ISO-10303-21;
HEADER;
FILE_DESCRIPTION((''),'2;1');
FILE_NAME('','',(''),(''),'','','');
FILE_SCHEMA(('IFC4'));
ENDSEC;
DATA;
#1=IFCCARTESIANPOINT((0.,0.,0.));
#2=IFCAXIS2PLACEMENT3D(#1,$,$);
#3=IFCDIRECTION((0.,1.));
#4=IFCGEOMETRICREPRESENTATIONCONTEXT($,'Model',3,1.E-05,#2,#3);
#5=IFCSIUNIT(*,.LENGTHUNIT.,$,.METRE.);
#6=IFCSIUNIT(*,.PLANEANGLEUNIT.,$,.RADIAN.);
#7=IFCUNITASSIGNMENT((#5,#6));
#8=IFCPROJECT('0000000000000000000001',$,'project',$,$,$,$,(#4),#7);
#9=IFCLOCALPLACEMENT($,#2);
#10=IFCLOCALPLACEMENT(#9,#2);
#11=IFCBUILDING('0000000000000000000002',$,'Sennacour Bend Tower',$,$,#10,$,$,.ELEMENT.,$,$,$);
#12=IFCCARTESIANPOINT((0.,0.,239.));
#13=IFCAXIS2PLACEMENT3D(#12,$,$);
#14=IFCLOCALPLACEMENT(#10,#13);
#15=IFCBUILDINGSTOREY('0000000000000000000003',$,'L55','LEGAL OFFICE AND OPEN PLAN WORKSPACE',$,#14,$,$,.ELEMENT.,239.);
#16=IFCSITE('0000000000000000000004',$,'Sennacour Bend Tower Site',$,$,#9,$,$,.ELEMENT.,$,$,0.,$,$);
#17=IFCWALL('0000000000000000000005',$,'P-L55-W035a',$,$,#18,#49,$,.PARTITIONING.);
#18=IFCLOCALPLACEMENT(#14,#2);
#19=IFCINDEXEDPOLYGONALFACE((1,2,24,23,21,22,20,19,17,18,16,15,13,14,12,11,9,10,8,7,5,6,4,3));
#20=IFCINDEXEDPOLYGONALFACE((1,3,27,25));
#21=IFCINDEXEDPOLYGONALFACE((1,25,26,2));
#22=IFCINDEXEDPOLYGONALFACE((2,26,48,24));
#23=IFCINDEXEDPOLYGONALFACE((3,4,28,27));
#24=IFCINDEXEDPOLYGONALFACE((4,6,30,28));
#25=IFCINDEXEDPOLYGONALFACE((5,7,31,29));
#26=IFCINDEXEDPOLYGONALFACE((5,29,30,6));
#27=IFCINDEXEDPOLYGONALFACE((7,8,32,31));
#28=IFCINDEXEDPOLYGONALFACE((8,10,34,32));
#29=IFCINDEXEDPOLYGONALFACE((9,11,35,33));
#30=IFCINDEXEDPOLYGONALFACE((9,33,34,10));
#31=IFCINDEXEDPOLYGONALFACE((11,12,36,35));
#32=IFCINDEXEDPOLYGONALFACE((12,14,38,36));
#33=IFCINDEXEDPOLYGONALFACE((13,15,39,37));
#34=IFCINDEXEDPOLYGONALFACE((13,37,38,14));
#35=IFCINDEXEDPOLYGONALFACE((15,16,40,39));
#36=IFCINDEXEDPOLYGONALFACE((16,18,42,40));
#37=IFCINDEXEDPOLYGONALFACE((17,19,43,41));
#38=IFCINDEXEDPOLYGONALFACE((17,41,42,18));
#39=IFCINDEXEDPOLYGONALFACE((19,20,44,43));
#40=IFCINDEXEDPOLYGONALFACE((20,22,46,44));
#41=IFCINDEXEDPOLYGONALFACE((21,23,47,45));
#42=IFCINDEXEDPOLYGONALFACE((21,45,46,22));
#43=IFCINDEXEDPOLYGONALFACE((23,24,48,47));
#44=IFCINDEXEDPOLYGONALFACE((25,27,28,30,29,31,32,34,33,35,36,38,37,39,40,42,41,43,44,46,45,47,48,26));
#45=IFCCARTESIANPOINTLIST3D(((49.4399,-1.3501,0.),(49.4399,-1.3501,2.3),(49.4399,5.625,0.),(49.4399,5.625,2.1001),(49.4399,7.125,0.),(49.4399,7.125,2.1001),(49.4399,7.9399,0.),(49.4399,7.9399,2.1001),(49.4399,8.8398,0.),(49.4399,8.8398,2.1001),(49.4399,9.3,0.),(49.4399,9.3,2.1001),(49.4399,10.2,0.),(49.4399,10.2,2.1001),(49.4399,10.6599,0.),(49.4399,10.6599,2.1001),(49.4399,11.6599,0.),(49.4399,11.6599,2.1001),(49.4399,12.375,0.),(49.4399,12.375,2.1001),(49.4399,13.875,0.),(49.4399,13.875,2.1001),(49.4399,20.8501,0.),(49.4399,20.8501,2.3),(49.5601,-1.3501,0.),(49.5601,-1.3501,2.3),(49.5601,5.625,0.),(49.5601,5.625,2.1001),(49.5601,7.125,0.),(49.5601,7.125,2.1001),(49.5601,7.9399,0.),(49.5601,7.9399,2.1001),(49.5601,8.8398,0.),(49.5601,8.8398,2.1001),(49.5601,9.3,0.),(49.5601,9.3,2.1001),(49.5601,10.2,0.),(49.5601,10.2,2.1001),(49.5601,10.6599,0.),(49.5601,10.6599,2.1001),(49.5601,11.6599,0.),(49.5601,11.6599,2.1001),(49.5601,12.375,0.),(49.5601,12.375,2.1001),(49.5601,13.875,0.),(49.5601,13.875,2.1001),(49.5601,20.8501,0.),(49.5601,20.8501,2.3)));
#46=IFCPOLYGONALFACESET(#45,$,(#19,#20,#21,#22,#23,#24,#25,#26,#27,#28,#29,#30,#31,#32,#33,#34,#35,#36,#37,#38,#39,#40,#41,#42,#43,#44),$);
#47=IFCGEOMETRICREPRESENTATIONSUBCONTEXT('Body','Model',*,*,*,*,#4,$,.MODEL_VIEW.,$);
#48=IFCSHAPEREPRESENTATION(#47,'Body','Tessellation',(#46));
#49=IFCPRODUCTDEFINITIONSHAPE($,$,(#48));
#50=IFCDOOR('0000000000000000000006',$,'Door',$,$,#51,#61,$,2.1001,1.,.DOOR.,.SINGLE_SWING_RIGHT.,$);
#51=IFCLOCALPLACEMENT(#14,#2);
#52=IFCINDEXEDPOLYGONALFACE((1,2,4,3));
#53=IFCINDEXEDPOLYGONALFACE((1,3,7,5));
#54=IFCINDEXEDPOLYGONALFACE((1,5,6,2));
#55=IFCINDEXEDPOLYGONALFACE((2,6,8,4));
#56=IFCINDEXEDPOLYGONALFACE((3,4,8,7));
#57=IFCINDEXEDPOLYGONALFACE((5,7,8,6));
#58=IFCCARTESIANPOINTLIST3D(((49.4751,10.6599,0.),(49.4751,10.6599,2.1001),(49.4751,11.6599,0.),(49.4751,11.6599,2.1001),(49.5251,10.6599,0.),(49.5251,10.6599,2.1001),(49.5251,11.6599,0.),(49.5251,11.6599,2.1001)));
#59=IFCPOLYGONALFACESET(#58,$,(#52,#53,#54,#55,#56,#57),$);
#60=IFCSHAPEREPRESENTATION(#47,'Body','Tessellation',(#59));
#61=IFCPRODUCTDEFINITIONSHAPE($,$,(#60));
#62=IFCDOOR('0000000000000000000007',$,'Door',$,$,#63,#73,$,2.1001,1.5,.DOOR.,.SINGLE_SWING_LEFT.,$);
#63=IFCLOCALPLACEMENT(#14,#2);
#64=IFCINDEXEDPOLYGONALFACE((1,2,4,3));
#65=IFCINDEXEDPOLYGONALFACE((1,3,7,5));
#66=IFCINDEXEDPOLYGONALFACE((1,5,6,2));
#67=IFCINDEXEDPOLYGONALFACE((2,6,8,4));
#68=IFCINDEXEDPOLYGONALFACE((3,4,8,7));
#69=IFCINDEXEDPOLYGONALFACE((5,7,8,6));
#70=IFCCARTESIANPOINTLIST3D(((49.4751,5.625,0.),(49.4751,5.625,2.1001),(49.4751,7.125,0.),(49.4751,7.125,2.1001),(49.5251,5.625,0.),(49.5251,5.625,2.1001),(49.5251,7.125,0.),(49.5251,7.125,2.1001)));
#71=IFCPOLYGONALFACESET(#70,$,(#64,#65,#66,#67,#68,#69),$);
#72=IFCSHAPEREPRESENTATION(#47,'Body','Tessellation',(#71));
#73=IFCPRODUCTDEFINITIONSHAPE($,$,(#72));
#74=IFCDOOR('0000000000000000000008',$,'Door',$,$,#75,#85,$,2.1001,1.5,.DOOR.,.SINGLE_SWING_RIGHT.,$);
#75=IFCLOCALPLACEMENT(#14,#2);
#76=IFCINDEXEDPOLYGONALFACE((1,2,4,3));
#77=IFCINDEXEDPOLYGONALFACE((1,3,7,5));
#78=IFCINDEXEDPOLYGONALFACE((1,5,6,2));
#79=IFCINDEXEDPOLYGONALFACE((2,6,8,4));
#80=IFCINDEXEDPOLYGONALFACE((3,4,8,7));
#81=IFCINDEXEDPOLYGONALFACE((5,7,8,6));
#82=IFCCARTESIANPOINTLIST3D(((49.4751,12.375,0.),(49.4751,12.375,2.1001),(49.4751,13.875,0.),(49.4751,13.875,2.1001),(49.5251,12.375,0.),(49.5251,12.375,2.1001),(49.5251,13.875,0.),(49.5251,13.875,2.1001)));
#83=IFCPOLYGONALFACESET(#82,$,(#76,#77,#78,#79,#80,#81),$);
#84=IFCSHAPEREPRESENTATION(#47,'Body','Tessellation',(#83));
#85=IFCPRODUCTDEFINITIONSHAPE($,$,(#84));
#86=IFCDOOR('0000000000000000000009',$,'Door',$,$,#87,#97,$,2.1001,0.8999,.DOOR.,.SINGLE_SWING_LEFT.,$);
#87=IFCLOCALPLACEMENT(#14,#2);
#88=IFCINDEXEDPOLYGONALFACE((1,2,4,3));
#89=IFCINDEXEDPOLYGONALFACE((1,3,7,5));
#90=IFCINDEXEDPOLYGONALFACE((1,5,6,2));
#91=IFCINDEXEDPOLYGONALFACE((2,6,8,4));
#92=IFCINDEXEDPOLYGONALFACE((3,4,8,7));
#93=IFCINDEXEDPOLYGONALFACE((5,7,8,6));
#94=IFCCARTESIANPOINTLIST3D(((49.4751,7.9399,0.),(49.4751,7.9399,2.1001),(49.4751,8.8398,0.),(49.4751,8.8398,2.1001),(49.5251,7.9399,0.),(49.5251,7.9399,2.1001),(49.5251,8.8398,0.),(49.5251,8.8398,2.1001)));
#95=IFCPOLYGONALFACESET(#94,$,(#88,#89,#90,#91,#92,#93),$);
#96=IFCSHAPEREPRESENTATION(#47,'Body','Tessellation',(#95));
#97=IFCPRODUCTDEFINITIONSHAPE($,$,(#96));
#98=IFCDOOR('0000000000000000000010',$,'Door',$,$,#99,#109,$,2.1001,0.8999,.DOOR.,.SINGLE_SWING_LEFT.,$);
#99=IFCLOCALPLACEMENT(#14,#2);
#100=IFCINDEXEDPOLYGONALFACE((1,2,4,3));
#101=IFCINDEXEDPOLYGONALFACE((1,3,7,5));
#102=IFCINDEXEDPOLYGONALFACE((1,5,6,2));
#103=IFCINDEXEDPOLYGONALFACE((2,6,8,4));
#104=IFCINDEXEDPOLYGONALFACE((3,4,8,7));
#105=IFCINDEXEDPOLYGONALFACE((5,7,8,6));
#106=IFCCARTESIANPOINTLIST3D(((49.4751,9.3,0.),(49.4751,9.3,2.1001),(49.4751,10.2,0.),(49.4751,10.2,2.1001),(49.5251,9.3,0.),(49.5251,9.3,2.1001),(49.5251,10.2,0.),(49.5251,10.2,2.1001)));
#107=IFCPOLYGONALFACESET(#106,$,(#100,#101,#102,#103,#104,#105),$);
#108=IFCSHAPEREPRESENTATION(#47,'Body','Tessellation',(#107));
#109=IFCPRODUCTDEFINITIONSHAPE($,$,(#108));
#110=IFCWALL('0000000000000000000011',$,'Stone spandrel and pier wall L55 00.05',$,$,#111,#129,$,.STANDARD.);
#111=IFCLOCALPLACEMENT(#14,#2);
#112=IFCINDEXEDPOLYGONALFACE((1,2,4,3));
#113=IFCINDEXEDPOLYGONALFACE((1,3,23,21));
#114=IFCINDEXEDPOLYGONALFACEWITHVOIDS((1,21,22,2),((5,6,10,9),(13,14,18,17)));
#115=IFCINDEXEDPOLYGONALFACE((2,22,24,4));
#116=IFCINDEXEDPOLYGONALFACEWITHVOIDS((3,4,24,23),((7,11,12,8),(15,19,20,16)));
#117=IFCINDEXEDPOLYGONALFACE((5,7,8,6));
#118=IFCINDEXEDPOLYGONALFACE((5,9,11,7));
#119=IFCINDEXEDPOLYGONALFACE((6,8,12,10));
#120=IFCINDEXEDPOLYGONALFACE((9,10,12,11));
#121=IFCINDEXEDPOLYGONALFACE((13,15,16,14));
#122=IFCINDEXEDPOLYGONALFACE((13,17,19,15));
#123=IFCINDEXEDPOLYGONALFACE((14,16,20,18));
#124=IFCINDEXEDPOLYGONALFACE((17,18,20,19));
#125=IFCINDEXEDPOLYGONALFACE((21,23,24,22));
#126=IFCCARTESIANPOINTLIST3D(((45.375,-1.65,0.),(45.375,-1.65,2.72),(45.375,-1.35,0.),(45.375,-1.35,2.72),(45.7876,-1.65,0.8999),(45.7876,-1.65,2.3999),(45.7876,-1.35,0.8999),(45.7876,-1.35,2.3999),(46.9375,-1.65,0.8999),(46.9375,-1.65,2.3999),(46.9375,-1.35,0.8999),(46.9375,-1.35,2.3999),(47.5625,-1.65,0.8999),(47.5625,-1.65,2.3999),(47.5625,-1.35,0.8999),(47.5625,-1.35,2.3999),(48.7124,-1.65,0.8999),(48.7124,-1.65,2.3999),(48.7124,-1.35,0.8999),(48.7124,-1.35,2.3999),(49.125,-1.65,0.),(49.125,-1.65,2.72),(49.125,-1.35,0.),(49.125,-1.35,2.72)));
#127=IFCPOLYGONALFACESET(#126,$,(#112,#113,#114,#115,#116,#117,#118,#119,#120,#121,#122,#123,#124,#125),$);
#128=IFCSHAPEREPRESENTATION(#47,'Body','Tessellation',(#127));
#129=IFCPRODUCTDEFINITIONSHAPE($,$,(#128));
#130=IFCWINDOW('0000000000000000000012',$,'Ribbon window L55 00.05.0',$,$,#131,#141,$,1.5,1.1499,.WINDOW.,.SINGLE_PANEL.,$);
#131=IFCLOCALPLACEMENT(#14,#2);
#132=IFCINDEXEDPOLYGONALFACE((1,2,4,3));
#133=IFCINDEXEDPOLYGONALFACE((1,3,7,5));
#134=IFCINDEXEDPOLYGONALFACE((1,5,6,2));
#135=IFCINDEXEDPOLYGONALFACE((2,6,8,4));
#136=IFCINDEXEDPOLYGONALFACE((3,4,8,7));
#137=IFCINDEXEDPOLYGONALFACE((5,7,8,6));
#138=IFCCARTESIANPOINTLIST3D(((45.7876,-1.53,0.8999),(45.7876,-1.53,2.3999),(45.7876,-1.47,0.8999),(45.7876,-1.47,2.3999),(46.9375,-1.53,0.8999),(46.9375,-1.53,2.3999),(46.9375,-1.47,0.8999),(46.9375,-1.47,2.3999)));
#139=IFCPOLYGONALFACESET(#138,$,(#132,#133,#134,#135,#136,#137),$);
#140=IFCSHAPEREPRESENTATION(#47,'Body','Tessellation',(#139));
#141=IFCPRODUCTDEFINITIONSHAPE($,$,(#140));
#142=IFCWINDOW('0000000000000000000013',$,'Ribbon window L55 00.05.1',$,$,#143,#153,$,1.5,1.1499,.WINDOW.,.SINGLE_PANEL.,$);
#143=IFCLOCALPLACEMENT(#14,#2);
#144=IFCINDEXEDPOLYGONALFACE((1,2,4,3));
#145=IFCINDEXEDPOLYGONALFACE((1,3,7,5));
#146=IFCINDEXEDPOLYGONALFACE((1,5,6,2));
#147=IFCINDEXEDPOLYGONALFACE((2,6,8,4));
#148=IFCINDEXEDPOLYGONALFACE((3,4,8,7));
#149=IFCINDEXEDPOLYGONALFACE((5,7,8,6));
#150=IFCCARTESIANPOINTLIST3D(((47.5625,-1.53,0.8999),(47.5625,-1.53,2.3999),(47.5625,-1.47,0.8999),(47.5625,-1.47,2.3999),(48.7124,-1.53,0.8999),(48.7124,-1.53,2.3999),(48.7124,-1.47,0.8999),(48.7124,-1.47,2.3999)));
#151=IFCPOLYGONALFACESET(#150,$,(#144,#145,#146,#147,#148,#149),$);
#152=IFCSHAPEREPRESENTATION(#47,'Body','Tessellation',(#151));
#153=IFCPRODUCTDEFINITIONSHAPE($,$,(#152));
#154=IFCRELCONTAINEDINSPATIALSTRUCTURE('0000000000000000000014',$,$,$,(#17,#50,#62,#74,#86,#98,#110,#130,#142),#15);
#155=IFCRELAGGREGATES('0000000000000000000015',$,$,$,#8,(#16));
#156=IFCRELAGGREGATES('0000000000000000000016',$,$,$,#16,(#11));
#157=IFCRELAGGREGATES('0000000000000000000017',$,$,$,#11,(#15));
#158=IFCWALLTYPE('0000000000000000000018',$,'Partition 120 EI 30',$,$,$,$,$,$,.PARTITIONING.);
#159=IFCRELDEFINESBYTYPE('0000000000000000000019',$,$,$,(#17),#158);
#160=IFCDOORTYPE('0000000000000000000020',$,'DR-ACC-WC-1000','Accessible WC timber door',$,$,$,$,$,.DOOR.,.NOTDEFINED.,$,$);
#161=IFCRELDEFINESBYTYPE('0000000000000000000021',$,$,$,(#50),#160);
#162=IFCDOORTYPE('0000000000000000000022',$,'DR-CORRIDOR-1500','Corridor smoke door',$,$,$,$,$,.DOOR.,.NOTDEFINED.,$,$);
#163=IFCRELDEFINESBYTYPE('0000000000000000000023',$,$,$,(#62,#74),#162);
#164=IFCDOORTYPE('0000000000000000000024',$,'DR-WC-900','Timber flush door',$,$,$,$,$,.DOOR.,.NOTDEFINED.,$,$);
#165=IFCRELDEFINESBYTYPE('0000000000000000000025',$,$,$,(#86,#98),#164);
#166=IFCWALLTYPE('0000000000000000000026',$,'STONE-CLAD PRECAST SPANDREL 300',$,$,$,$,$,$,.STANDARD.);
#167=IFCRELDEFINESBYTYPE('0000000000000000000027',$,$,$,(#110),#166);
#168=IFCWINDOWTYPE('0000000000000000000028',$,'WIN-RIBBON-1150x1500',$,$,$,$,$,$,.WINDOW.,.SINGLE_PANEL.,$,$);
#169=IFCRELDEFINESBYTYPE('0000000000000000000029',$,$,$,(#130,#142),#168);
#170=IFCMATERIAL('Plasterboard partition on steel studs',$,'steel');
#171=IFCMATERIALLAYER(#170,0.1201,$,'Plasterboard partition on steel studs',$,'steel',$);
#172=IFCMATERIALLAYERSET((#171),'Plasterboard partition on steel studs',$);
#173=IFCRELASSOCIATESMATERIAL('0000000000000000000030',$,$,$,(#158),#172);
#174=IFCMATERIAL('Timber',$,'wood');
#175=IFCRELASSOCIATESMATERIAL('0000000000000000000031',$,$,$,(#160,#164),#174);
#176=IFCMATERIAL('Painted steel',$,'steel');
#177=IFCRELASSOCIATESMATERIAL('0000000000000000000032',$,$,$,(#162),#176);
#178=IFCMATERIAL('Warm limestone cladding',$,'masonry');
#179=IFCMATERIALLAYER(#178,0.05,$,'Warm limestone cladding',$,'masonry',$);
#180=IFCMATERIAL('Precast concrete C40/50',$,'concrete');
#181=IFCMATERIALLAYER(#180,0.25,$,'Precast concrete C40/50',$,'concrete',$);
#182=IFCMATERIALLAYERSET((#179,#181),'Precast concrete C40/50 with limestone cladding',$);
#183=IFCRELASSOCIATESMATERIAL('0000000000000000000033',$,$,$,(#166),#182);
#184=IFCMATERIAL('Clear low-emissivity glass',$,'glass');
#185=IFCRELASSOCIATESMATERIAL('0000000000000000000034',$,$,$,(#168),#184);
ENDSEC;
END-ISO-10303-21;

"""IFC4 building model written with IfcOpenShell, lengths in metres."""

from ifc_helpers import new_model, si_unit, direction, frame, frame_2d, origin, place, context, subcontext, project, spatial, rectangle, extrude, material, layer, layer_set, type_object, element, fill, save


model = new_model("IFC4")

# Units and contexts
model_context = context("Model", 3, precision=1e-05, world=origin(), true_north=direction((0.0, 1.0)))
body_context = subcontext(model_context, "Body", "Model", "MODEL_VIEW")
ifc_project = project(units=[si_unit("LENGTHUNIT", "METRE"), si_unit("PLANEANGLEUNIT", "RADIAN")], contexts=[model_context])

# Site, building, storey
site_placement = place(None, origin())
site = spatial("IfcSite", under=ifc_project, at=site_placement, Name="Sennacour Bend Tower Site", CompositionType="ELEMENT", RefElevation=0.0)
building_placement = place(site_placement, origin())
building = spatial("IfcBuilding", under=site, at=building_placement, Name="Sennacour Bend Tower", CompositionType="ELEMENT")
storey_placement = place(building_placement, frame((0.0, 0.0, 239.0)))
storey = spatial("IfcBuildingStorey", under=building, at=storey_placement, Name="L55", Description="LEGAL OFFICE AND OPEN PLAN WORKSPACE", CompositionType="ELEMENT", Elevation=239.0)

# Wall, openings, doors
ifc_material_1 = material(Name="Plasterboard partition on steel studs", Category="steel")
ifc_layer_1 = layer(ifc_material_1, 0.1201, Name="Plasterboard partition on steel studs", Category="steel")
ifc_layer_set_1 = layer_set([ifc_layer_1], Name="Plasterboard partition on steel studs")
wall_type_1 = type_object("IfcWallType", Name="Partition 120 EI 30", PredefinedType="PARTITIONING", material=ifc_layer_set_1)
wall_1_placement = place(storey_placement, frame((49.5, -1.3501, 0.0), z_axis=(0.0, 0.0, 1.0), x_axis=(0.0, 1.0, 0.0)))
wall_1 = element("IfcWall", 1, at=wall_1_placement, inside=storey, type_object=wall_type_1, Name="P-L55-W035a", PredefinedType="PARTITIONING", context=body_context, shape_type="SweptSolid", body=[
    extrude(rectangle(XDim=22.2002, YDim=0.1201, at=frame_2d((11.1001, 0.0))), origin(), (0.0, 0.0, 1.0), 2.3),
])
opening_1_placement = place(wall_1_placement, frame((6.9751, 0.0, 0.0)))
opening_1 = element("IfcOpeningElement", 2, at=opening_1_placement, cuts=wall_1, PredefinedType="OPENING", context=body_context, shape_type="SweptSolid", body=[
    extrude(rectangle(XDim=1.5, YDim=2.1001, at=frame_2d((0.75, 1.05))), frame((0.0, 0.0701, 0.0), z_axis=(0.0, -1.0, 0.0), x_axis=(1.0, 0.0, 0.0)), (0.0, 0.0, 1.0), 0.1401),
])
opening_2_placement = place(wall_1_placement, frame((13.7251, 0.0, 0.0)))
opening_2 = element("IfcOpeningElement", 3, at=opening_2_placement, cuts=wall_1, PredefinedType="OPENING", context=body_context, shape_type="SweptSolid", body=[
    extrude(rectangle(XDim=1.5, YDim=2.1001, at=frame_2d((0.75, 1.05))), frame((0.0, 0.0701, 0.0), z_axis=(0.0, -1.0, 0.0), x_axis=(1.0, 0.0, 0.0)), (0.0, 0.0, 1.0), 0.1401),
])
opening_3_placement = place(wall_1_placement, frame((9.29, 0.0, 0.0)))
opening_3 = element("IfcOpeningElement", 4, at=opening_3_placement, cuts=wall_1, PredefinedType="OPENING", context=body_context, shape_type="SweptSolid", body=[
    extrude(rectangle(XDim=0.8999, YDim=2.1001, at=frame_2d((0.45, 1.05))), frame((0.0, 0.0701, 0.0), z_axis=(0.0, -1.0, 0.0), x_axis=(1.0, 0.0, 0.0)), (0.0, 0.0, 1.0), 0.1401),
])
opening_4_placement = place(wall_1_placement, frame((10.6501, 0.0, 0.0)))
opening_4 = element("IfcOpeningElement", 5, at=opening_4_placement, cuts=wall_1, PredefinedType="OPENING", context=body_context, shape_type="SweptSolid", body=[
    extrude(rectangle(XDim=0.8999, YDim=2.1001, at=frame_2d((0.45, 1.05))), frame((0.0, 0.0701, 0.0), z_axis=(0.0, -1.0, 0.0), x_axis=(1.0, 0.0, 0.0)), (0.0, 0.0, 1.0), 0.1401),
])
opening_5_placement = place(wall_1_placement, frame((12.01, 0.0, 0.0)))
opening_5 = element("IfcOpeningElement", 6, at=opening_5_placement, cuts=wall_1, PredefinedType="OPENING", context=body_context, shape_type="SweptSolid", body=[
    extrude(rectangle(XDim=1.0, YDim=2.1001, at=frame_2d((0.5, 1.05))), frame((0.0, 0.0701, 0.0), z_axis=(0.0, -1.0, 0.0), x_axis=(1.0, 0.0, 0.0)), (0.0, 0.0, 1.0), 0.1401),
])
ifc_material_2 = material(Name="Timber", Category="wood")
door_type_1 = type_object("IfcDoorType", Name="DR-ACC-WC-1000", Description="Accessible WC timber door", OperationType="NOTDEFINED", PredefinedType="DOOR", material=ifc_material_2)
door_1_placement = place(opening_5_placement, origin())
door_1 = element("IfcDoor", 7, at=door_1_placement, inside=storey, type_object=door_type_1, Name="Door", OperationType="SINGLE_SWING_RIGHT", OverallHeight=2.1001, OverallWidth=1.0, PredefinedType="DOOR", context=body_context, shape_type="SweptSolid", body=[
    extrude(rectangle(XDim=1.0, YDim=2.1001, at=frame_2d((0.5, 1.05))), frame((0.0, 0.0249, 0.0), z_axis=(0.0, -1.0, 0.0), x_axis=(1.0, 0.0, 0.0)), (0.0, 0.0, 1.0), 0.05),
])
fill(opening_5, door_1)
ifc_material_3 = material(Name="Painted steel", Category="steel")
door_type_2 = type_object("IfcDoorType", Name="DR-CORRIDOR-1500", Description="Corridor smoke door", OperationType="NOTDEFINED", PredefinedType="DOOR", material=ifc_material_3)
door_2_placement = place(opening_1_placement, origin())
door_2 = element("IfcDoor", 8, at=door_2_placement, inside=storey, type_object=door_type_2, Name="Door", OperationType="SINGLE_SWING_LEFT", OverallHeight=2.1001, OverallWidth=1.5, PredefinedType="DOOR", context=body_context, shape_type="SweptSolid", body=[
    extrude(rectangle(XDim=1.5, YDim=2.1001, at=frame_2d((0.75, 1.05))), frame((0.0, 0.0249, 0.0), z_axis=(0.0, -1.0, 0.0), x_axis=(1.0, 0.0, 0.0)), (0.0, 0.0, 1.0), 0.05),
])
fill(opening_1, door_2)
door_3_placement = place(opening_2_placement, origin())
door_3 = element("IfcDoor", 9, at=door_3_placement, inside=storey, type_object=door_type_2, Name="Door", OperationType="SINGLE_SWING_RIGHT", OverallHeight=2.1001, OverallWidth=1.5, PredefinedType="DOOR", context=body_context, shape_type="SweptSolid", body=[
    extrude(rectangle(XDim=1.5, YDim=2.1001, at=frame_2d((0.75, 1.05))), frame((0.0, 0.0249, 0.0), z_axis=(0.0, -1.0, 0.0), x_axis=(1.0, 0.0, 0.0)), (0.0, 0.0, 1.0), 0.05),
])
fill(opening_2, door_3)
door_type_3 = type_object("IfcDoorType", Name="DR-WC-900", Description="Timber flush door", OperationType="NOTDEFINED", PredefinedType="DOOR", material=ifc_material_2)
door_4_placement = place(opening_3_placement, origin())
door_4 = element("IfcDoor", 10, at=door_4_placement, inside=storey, type_object=door_type_3, Name="Door", OperationType="SINGLE_SWING_LEFT", OverallHeight=2.1001, OverallWidth=0.8999, PredefinedType="DOOR", context=body_context, shape_type="SweptSolid", body=[
    extrude(rectangle(XDim=0.8999, YDim=2.1001, at=frame_2d((0.45, 1.05))), frame((0.0, 0.0249, 0.0), z_axis=(0.0, -1.0, 0.0), x_axis=(1.0, 0.0, 0.0)), (0.0, 0.0, 1.0), 0.05),
])
fill(opening_3, door_4)
door_5_placement = place(opening_4_placement, origin())
door_5 = element("IfcDoor", 11, at=door_5_placement, inside=storey, type_object=door_type_3, Name="Door", OperationType="SINGLE_SWING_LEFT", OverallHeight=2.1001, OverallWidth=0.8999, PredefinedType="DOOR", context=body_context, shape_type="SweptSolid", body=[
    extrude(rectangle(XDim=0.8999, YDim=2.1001, at=frame_2d((0.45, 1.05))), frame((0.0, 0.0249, 0.0), z_axis=(0.0, -1.0, 0.0), x_axis=(1.0, 0.0, 0.0)), (0.0, 0.0, 1.0), 0.05),
])
fill(opening_4, door_5)

# Wall, openings, windows
ifc_material_4 = material(Name="Warm limestone cladding", Category="masonry")
ifc_layer_2 = layer(ifc_material_4, 0.05, Name="Warm limestone cladding", Category="masonry")
ifc_material_5 = material(Name="Precast concrete C40/50", Category="concrete")
ifc_layer_3 = layer(ifc_material_5, 0.25, Name="Precast concrete C40/50", Category="concrete")
ifc_layer_set_2 = layer_set([ifc_layer_2, ifc_layer_3], Name="Precast concrete C40/50 with limestone cladding")
wall_type_2 = type_object("IfcWallType", Name="STONE-CLAD PRECAST SPANDREL 300", PredefinedType="STANDARD", material=ifc_layer_set_2)
wall_2_placement = place(storey_placement, frame((45.375, -1.5, 0.0), z_axis=(0.0, 0.0, 1.0), x_axis=(1.0, 0.0, 0.0)))
wall_2 = element("IfcWall", 12, at=wall_2_placement, inside=storey, type_object=wall_type_2, Name="Stone spandrel and pier wall L55 00.05", PredefinedType="STANDARD", context=body_context, shape_type="SweptSolid", body=[
    extrude(rectangle(XDim=3.75, YDim=0.3, at=frame_2d((1.875, 0.0))), origin(), (0.0, 0.0, 1.0), 2.72),
])
opening_6_placement = place(wall_2_placement, frame((0.4126, 0.0, 0.8999)))
opening_6 = element("IfcOpeningElement", 13, at=opening_6_placement, cuts=wall_2, PredefinedType="OPENING", context=body_context, shape_type="SweptSolid", body=[
    extrude(rectangle(XDim=1.1499, YDim=1.5, at=frame_2d((0.575, 0.75))), frame((0.0, 0.1602, 0.0), z_axis=(0.0, -1.0, 0.0), x_axis=(1.0, 0.0, 0.0)), (0.0, 0.0, 1.0), 0.3201),
])
opening_7_placement = place(wall_2_placement, frame((2.1875, 0.0, 0.8999)))
opening_7 = element("IfcOpeningElement", 14, at=opening_7_placement, cuts=wall_2, PredefinedType="OPENING", context=body_context, shape_type="SweptSolid", body=[
    extrude(rectangle(XDim=1.1499, YDim=1.5, at=frame_2d((0.575, 0.75))), frame((0.0, 0.1602, 0.0), z_axis=(0.0, -1.0, 0.0), x_axis=(1.0, 0.0, 0.0)), (0.0, 0.0, 1.0), 0.3201),
])
ifc_material_6 = material(Name="Clear low-emissivity glass", Category="glass")
window_type = type_object("IfcWindowType", Name="WIN-RIBBON-1150x1500", PartitioningType="SINGLE_PANEL", PredefinedType="WINDOW", material=ifc_material_6)
window_1_placement = place(opening_6_placement, origin())
window_1 = element("IfcWindow", 15, at=window_1_placement, inside=storey, type_object=window_type, Name="Ribbon window L55 00.05.0", OverallHeight=1.5, OverallWidth=1.1499, PartitioningType="SINGLE_PANEL", PredefinedType="WINDOW", context=body_context, shape_type="SweptSolid", body=[
    extrude(rectangle(XDim=1.1499, YDim=1.5, at=frame_2d((0.575, 0.75))), frame((0.0, 0.03, 0.0), z_axis=(0.0, -1.0, 0.0), x_axis=(1.0, 0.0, 0.0)), (0.0, 0.0, 1.0), 0.0601),
])
fill(opening_6, window_1)
window_2_placement = place(opening_7_placement, origin())
window_2 = element("IfcWindow", 16, at=window_2_placement, inside=storey, type_object=window_type, Name="Ribbon window L55 00.05.1", OverallHeight=1.5, OverallWidth=1.1499, PartitioningType="SINGLE_PANEL", PredefinedType="WINDOW", context=body_context, shape_type="SweptSolid", body=[
    extrude(rectangle(XDim=1.1499, YDim=1.5, at=frame_2d((0.575, 0.75))), frame((0.0, 0.03, 0.0), z_axis=(0.0, -1.0, 0.0), x_axis=(1.0, 0.0, 0.0)), (0.0, 0.0, 1.0), 0.0601),
])
fill(opening_7, window_2)

save(model, "model.ifc")
